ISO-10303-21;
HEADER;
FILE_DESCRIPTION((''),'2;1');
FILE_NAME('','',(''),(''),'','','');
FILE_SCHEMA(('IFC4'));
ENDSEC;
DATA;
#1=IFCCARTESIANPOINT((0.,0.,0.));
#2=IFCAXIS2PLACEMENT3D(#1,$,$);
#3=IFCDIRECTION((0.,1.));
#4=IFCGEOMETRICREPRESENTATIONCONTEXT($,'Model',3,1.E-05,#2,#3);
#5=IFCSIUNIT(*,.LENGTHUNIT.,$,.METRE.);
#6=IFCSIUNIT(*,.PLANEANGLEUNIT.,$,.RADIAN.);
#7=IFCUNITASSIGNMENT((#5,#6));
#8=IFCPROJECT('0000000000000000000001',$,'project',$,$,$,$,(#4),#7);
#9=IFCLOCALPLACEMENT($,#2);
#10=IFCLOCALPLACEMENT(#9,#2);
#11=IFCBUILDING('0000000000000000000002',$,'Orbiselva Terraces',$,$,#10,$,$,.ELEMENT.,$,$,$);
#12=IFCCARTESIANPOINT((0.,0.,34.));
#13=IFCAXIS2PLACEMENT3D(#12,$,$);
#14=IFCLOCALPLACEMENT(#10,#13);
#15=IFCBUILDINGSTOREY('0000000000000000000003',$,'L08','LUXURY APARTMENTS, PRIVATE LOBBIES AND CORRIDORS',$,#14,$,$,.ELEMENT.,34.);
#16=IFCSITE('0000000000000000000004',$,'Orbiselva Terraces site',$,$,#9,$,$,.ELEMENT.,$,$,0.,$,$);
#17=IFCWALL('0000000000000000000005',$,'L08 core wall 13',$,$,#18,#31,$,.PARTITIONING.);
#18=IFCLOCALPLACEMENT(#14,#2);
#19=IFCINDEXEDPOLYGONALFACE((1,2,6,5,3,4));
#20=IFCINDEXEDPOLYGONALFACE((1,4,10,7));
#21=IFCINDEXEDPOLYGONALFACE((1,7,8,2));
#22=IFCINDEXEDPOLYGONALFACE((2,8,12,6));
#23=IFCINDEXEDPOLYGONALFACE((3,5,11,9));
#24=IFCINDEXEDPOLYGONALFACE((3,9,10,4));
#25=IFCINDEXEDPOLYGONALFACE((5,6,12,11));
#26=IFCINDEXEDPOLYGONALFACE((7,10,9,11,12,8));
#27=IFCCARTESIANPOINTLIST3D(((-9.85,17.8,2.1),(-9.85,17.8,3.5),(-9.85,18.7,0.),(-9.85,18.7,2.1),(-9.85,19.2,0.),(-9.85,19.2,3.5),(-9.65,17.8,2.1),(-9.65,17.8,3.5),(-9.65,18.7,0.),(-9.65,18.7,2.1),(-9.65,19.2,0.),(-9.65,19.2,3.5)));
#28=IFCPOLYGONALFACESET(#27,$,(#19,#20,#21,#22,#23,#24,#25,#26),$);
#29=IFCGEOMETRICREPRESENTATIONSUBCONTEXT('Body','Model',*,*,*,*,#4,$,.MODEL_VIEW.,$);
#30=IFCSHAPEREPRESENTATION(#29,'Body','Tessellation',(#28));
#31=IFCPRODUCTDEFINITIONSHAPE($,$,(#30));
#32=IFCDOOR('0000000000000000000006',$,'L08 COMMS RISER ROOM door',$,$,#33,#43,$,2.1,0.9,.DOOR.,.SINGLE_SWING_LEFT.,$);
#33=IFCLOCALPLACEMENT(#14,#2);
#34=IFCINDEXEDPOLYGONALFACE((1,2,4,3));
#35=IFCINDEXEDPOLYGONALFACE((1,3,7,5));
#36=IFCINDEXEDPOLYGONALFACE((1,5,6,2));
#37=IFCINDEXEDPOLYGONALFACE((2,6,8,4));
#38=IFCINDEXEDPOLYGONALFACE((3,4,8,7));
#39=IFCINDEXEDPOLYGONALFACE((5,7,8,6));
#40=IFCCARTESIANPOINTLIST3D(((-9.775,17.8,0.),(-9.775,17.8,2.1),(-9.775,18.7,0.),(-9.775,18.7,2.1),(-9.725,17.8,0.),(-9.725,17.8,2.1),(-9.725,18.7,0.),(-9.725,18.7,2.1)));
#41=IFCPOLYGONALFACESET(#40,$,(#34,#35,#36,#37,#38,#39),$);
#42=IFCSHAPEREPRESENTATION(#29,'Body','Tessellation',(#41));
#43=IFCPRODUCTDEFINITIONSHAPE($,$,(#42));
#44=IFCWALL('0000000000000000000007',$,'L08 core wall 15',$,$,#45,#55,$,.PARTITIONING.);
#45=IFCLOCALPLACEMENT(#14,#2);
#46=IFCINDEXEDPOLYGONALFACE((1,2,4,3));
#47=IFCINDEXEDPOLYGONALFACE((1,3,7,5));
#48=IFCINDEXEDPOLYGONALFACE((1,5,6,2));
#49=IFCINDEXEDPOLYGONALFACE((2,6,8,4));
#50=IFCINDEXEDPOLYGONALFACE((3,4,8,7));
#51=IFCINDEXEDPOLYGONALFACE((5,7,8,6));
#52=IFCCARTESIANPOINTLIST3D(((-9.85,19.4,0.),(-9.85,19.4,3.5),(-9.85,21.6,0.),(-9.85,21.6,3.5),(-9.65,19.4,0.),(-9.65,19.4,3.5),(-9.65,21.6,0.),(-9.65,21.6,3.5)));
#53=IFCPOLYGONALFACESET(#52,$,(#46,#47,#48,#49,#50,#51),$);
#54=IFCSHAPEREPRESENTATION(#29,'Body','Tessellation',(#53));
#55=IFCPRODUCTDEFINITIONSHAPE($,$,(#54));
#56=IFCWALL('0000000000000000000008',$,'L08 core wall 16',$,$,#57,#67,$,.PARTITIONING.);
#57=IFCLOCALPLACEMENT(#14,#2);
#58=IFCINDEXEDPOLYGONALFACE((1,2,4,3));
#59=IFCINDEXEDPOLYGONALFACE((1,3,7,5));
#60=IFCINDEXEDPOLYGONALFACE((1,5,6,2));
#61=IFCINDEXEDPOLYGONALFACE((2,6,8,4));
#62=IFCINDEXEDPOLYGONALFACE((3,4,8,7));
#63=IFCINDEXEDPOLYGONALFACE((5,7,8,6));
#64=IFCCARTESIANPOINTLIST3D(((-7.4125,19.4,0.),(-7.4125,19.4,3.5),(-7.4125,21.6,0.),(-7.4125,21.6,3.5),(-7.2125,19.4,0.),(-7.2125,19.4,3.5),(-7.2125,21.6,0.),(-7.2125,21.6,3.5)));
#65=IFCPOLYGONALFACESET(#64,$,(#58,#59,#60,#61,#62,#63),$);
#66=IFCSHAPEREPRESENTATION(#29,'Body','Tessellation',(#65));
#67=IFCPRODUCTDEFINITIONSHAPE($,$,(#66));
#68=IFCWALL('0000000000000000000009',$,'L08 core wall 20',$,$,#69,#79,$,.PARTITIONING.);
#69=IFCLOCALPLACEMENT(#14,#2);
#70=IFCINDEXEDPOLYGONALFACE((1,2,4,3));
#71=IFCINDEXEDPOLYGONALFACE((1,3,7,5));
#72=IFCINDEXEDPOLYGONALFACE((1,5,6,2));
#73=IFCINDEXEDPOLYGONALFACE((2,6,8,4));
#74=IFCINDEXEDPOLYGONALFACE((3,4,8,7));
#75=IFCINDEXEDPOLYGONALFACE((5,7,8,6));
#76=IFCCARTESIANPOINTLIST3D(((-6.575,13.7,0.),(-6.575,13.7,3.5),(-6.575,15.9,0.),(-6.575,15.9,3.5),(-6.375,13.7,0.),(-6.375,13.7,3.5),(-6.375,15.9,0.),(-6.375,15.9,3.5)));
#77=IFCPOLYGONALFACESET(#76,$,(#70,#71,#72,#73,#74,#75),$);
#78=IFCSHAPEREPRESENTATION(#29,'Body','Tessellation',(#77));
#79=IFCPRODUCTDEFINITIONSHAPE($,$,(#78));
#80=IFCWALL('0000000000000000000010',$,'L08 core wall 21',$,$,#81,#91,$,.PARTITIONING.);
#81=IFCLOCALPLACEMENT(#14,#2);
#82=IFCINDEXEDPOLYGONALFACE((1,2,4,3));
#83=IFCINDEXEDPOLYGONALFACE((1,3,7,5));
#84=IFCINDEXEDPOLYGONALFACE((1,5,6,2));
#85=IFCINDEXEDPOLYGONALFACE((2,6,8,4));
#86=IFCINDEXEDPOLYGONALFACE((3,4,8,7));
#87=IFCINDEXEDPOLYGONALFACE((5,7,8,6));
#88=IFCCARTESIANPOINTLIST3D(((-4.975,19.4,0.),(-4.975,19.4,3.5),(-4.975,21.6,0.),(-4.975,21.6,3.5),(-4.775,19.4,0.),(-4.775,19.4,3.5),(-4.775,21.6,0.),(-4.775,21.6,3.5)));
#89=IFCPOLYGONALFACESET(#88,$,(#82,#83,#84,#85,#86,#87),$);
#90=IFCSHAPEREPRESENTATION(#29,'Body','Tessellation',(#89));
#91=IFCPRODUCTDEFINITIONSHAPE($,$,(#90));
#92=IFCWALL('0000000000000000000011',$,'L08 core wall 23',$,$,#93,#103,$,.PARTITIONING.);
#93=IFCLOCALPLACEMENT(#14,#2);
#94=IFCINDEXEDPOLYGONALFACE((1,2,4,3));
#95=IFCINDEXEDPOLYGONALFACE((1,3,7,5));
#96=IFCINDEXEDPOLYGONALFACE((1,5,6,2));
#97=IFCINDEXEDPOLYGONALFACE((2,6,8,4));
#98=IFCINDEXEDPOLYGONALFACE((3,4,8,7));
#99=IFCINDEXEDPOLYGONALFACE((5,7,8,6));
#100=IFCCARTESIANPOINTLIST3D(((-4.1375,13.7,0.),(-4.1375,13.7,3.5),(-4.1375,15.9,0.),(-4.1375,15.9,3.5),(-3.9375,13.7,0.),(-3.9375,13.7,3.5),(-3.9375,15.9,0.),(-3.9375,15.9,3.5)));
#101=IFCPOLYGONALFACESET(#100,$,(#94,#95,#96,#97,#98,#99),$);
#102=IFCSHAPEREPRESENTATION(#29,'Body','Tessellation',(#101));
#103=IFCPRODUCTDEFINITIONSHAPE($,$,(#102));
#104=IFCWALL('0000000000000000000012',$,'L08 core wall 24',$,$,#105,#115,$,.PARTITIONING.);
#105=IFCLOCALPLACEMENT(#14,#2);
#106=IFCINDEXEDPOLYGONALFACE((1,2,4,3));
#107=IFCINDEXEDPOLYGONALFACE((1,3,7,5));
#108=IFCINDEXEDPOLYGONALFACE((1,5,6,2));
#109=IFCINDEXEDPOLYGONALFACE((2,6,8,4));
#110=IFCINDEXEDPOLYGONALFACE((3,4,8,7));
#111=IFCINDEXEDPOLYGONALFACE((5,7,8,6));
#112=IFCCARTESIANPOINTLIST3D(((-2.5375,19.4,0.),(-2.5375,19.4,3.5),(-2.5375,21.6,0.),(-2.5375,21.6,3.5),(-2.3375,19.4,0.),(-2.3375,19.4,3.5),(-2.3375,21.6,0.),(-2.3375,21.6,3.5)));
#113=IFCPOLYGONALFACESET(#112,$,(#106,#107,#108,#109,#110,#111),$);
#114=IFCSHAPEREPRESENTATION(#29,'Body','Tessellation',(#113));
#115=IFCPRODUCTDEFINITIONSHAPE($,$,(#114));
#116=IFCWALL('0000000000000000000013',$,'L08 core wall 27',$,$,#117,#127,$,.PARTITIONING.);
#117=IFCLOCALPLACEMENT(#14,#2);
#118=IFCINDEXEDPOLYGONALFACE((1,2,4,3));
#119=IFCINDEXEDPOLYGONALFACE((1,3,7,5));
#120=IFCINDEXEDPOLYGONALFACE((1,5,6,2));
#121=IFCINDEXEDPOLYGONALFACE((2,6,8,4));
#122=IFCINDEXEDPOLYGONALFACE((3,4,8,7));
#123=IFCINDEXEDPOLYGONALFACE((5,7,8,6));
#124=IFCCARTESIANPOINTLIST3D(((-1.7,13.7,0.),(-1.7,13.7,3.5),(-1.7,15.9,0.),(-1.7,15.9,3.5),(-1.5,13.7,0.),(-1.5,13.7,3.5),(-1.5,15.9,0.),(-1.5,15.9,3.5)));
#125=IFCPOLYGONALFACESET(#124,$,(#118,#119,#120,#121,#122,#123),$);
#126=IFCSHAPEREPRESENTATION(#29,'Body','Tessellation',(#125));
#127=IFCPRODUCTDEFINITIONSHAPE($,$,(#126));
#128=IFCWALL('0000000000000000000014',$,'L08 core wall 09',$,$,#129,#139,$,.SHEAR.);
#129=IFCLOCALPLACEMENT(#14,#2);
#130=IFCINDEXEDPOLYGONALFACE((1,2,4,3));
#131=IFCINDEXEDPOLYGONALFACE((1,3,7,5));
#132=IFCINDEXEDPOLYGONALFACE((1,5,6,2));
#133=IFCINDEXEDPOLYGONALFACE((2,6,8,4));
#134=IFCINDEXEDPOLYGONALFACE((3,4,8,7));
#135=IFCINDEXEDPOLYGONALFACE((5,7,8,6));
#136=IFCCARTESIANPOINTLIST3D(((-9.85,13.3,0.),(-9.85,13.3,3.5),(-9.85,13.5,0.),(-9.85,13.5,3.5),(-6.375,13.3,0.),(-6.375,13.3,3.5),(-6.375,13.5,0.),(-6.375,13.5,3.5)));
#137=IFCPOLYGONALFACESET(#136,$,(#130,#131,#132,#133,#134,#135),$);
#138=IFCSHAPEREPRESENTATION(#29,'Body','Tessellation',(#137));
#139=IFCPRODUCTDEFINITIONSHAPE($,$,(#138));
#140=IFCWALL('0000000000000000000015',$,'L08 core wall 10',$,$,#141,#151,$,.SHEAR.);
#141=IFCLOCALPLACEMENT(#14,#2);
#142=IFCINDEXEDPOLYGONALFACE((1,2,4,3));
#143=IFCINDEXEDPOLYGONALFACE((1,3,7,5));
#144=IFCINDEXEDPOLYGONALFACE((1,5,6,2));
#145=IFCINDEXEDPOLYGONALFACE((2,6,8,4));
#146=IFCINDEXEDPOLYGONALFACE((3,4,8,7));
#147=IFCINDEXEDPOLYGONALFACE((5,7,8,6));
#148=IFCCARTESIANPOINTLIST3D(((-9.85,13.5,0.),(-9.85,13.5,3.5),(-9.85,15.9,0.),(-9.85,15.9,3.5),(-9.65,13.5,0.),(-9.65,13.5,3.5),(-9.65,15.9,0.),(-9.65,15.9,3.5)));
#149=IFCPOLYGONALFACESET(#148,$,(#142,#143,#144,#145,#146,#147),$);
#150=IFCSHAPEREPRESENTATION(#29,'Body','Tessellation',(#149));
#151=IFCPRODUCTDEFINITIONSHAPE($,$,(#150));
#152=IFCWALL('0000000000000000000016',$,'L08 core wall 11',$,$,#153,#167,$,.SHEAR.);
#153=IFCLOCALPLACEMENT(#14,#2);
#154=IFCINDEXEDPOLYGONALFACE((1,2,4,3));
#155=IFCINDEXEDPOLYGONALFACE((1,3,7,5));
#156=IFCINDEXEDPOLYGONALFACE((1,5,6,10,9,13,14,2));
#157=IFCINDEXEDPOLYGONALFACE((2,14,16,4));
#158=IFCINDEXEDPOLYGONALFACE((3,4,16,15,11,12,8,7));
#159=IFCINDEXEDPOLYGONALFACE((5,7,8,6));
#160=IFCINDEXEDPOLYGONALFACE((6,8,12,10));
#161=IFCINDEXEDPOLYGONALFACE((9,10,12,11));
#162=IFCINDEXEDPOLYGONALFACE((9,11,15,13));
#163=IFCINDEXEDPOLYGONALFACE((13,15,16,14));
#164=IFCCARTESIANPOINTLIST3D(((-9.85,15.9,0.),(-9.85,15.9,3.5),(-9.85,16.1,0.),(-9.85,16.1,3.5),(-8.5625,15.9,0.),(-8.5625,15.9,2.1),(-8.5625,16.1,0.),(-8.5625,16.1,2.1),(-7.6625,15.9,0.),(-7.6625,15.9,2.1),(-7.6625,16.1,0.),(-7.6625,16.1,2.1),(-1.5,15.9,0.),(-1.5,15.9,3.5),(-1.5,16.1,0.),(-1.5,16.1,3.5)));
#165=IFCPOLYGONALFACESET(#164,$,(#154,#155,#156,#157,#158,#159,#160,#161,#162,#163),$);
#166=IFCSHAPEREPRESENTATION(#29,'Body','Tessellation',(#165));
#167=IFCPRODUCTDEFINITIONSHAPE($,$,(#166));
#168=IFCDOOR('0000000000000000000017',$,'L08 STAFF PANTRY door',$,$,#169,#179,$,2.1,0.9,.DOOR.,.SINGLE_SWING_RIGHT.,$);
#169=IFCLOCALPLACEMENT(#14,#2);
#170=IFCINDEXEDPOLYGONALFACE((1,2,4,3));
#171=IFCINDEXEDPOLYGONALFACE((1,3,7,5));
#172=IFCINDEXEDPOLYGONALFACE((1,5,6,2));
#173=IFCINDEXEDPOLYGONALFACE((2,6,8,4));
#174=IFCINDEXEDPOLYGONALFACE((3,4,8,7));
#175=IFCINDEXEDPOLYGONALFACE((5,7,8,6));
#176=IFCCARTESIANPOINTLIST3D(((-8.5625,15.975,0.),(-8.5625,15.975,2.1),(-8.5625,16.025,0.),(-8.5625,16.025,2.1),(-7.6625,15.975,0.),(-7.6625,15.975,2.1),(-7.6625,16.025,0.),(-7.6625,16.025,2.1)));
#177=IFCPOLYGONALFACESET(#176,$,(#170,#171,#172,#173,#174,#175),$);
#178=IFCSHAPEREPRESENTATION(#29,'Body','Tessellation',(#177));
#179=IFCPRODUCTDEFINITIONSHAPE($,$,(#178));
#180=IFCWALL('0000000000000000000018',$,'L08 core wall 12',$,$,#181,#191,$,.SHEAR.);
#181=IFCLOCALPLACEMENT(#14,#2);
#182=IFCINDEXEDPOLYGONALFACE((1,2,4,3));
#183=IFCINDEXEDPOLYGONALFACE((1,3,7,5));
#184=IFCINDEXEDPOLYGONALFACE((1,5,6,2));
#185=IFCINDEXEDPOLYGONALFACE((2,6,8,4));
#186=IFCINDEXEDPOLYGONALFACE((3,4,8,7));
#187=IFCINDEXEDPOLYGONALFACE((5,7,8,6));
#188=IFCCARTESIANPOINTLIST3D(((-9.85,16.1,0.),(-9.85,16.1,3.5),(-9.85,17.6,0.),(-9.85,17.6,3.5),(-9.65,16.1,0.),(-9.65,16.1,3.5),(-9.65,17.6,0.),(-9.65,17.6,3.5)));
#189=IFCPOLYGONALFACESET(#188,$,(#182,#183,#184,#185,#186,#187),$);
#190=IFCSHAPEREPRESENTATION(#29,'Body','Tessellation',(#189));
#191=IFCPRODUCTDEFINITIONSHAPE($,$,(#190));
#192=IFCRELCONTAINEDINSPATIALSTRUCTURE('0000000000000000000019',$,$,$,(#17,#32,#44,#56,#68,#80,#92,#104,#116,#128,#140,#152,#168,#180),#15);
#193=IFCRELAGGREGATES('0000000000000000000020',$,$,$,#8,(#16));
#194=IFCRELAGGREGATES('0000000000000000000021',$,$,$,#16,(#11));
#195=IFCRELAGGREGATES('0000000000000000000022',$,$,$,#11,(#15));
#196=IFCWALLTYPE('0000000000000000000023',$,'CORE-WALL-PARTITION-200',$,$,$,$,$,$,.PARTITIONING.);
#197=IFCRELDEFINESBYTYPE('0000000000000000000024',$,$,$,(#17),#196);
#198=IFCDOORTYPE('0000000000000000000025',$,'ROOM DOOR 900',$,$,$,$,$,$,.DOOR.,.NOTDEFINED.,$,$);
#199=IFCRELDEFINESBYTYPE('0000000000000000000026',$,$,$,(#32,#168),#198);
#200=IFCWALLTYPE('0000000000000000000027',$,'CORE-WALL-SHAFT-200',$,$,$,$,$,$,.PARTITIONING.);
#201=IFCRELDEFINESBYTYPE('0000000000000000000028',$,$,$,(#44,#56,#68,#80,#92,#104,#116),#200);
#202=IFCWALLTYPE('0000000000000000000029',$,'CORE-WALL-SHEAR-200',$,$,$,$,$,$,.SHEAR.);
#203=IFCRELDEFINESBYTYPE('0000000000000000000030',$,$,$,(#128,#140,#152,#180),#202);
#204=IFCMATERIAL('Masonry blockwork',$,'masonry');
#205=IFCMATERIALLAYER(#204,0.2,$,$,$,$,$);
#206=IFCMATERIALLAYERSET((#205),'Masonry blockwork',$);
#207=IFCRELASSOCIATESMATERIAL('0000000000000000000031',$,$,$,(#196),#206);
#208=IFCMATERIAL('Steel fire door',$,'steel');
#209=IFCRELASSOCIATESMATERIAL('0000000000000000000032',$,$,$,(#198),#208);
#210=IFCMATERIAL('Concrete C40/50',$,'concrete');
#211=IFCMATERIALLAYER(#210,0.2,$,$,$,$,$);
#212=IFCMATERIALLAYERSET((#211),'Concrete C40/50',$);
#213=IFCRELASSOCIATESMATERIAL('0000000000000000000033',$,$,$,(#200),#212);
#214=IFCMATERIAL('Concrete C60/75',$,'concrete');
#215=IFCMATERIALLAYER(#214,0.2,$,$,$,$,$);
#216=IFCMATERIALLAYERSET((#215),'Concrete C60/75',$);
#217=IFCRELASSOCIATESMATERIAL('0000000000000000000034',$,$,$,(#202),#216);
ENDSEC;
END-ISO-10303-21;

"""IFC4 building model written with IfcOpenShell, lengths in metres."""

from ifc_helpers import new_model, si_unit, direction, frame, frame_2d, origin, place, context, subcontext, project, spatial, rectangle, extrude, material, layer, layer_set, type_object, element, fill, save


model = new_model("IFC4")

# Units and contexts
model_context = context("Model", 3, precision=1e-05, world=origin(), true_north=direction((0.0, 1.0)))
body_context = subcontext(model_context, "Body", "Model", "MODEL_VIEW")
ifc_project = project(units=[si_unit("LENGTHUNIT", "METRE"), si_unit("PLANEANGLEUNIT", "RADIAN")], contexts=[model_context])

# Site, building, storey
site_placement = place(None, origin())
site = spatial("IfcSite", under=ifc_project, at=site_placement, Name="Orbiselva Terraces site", CompositionType="ELEMENT", RefElevation=0.0)
building_placement = place(site_placement, origin())
building = spatial("IfcBuilding", under=site, at=building_placement, Name="Orbiselva Terraces", CompositionType="ELEMENT")
storey_placement = place(building_placement, frame((0.0, 0.0, 34.0)))
storey = spatial("IfcBuildingStorey", under=building, at=storey_placement, Name="L08", Description="LUXURY APARTMENTS, PRIVATE LOBBIES AND CORRIDORS", CompositionType="ELEMENT", Elevation=34.0)

# Wall, opening, door
ifc_material_1 = material(Name="Masonry blockwork", Category="masonry")
ifc_layer_1 = layer(ifc_material_1, 0.2)
ifc_layer_set_1 = layer_set([ifc_layer_1], Name="Masonry blockwork")
wall_type_1 = type_object("IfcWallType", Name="CORE-WALL-PARTITION-200", PredefinedType="PARTITIONING", material=ifc_layer_set_1)
wall_1_placement = place(storey_placement, frame((-9.75, 17.8, 0.0), z_axis=(0.0, 0.0, 1.0), x_axis=(0.0, 1.0, 0.0)))
wall_1 = element("IfcWall", 1, at=wall_1_placement, inside=storey, type_object=wall_type_1, Name="L08 core wall 13", PredefinedType="PARTITIONING", context=body_context, shape_type="SweptSolid", body=[
    extrude(rectangle(XDim=1.4, YDim=0.2, at=frame_2d((0.7, 0.0))), origin(), (0.0, 0.0, 1.0), 3.5),
])
opening_1_placement = place(wall_1_placement, origin())
opening_1 = element("IfcOpeningElement", 2, at=opening_1_placement, cuts=wall_1, PredefinedType="OPENING", context=body_context, shape_type="SweptSolid", body=[
    extrude(rectangle(XDim=0.9, YDim=2.1, at=frame_2d((0.45, 1.05))), frame((0.0, 0.11, 0.0), z_axis=(0.0, -1.0, 0.0), x_axis=(1.0, 0.0, 0.0)), (0.0, 0.0, 1.0), 0.22),
])
ifc_material_2 = material(Name="Steel fire door", Category="steel")
door_type_1 = type_object("IfcDoorType", Name="ROOM DOOR 900", OperationType="NOTDEFINED", PredefinedType="DOOR", material=ifc_material_2)
door_1_placement = place(opening_1_placement, origin())
door_1 = element("IfcDoor", 3, at=door_1_placement, inside=storey, type_object=door_type_1, Name="L08 COMMS RISER ROOM door", OperationType="SINGLE_SWING_LEFT", OverallHeight=2.1, OverallWidth=0.9, PredefinedType="DOOR", context=body_context, shape_type="SweptSolid", body=[
    extrude(rectangle(XDim=0.9, YDim=2.1, at=frame_2d((0.45, 1.05))), frame((0.0, 0.025, 0.0), z_axis=(0.0, -1.0, 0.0), x_axis=(1.0, 0.0, 0.0)), (0.0, 0.0, 1.0), 0.05),
])
fill(opening_1, door_1)

# Walls
ifc_material_3 = material(Name="Concrete C40/50", Category="concrete")
ifc_layer_2 = layer(ifc_material_3, 0.2)
ifc_layer_set_2 = layer_set([ifc_layer_2], Name="Concrete C40/50")
wall_type_2 = type_object("IfcWallType", Name="CORE-WALL-SHAFT-200", PredefinedType="PARTITIONING", material=ifc_layer_set_2)
for number, where, z_axis, x_axis, name in (
    (4, (-9.75, 19.4, 0.0), (0.0, 0.0, 1.0), (0.0, 1.0, 0.0), "L08 core wall 15"),
    (5, (-7.3125, 19.4, 0.0), (0.0, 0.0, 1.0), (0.0, 1.0, 0.0), "L08 core wall 16"),
    (6, (-6.475, 13.7, 0.0), (0.0, 0.0, 1.0), (0.0, 1.0, 0.0), "L08 core wall 20"),
    (7, (-4.875, 19.4, 0.0), (0.0, 0.0, 1.0), (0.0, 1.0, 0.0), "L08 core wall 21"),
    (8, (-4.0375, 13.7, 0.0), (0.0, 0.0, 1.0), (0.0, 1.0, 0.0), "L08 core wall 23"),
    (9, (-2.4375, 19.4, 0.0), (0.0, 0.0, 1.0), (0.0, 1.0, 0.0), "L08 core wall 24"),
    (10, (-1.6, 13.7, 0.0), (0.0, 0.0, 1.0), (0.0, 1.0, 0.0), "L08 core wall 27"),
):
    element("IfcWall", number, at=place(storey_placement, frame(where, z_axis=z_axis, x_axis=x_axis)), inside=storey, type_object=wall_type_2, Name=name, PredefinedType="PARTITIONING", context=body_context, shape_type="SweptSolid", body=[
        extrude(rectangle(XDim=2.2, YDim=0.2, at=frame_2d((1.1, 0.0))), origin(), (0.0, 0.0, 1.0), 3.5),
    ])
ifc_material_4 = material(Name="Concrete C60/75", Category="concrete")
ifc_layer_3 = layer(ifc_material_4, 0.2)
ifc_layer_set_3 = layer_set([ifc_layer_3], Name="Concrete C60/75")
wall_type_3 = type_object("IfcWallType", Name="CORE-WALL-SHEAR-200", PredefinedType="SHEAR", material=ifc_layer_set_3)
wall_2_placement = place(storey_placement, frame((-9.85, 13.4, 0.0), z_axis=(0.0, 0.0, 1.0), x_axis=(1.0, 0.0, 0.0)))
element("IfcWall", 11, at=wall_2_placement, inside=storey, type_object=wall_type_3, Name="L08 core wall 09", PredefinedType="SHEAR", context=body_context, shape_type="SweptSolid", body=[
    extrude(rectangle(XDim=3.475, YDim=0.2, at=frame_2d((1.7375, 0.0))), origin(), (0.0, 0.0, 1.0), 3.5),
])
wall_3_placement = place(storey_placement, frame((-9.75, 13.5, 0.0), z_axis=(0.0, 0.0, 1.0), x_axis=(0.0, 1.0, 0.0)))
element("IfcWall", 12, at=wall_3_placement, inside=storey, type_object=wall_type_3, Name="L08 core wall 10", PredefinedType="SHEAR", context=body_context, shape_type="SweptSolid", body=[
    extrude(rectangle(XDim=2.4, YDim=0.2, at=frame_2d((1.2, 0.0))), origin(), (0.0, 0.0, 1.0), 3.5),
])

# Wall, opening, door
wall_4_placement = place(storey_placement, frame((-1.5, 16.0, 0.0), z_axis=(0.0, 0.0, 1.0), x_axis=(-1.0, 0.0, 0.0)))
wall_4 = element("IfcWall", 13, at=wall_4_placement, inside=storey, type_object=wall_type_3, Name="L08 core wall 11", PredefinedType="SHEAR", context=body_context, shape_type="SweptSolid", body=[
    extrude(rectangle(XDim=8.35, YDim=0.2, at=frame_2d((4.175, 0.0))), origin(), (0.0, 0.0, 1.0), 3.5),
])
opening_2_placement = place(wall_4_placement, frame((6.1625, 0.0, 0.0)))
opening_2 = element("IfcOpeningElement", 14, at=opening_2_placement, cuts=wall_4, PredefinedType="OPENING", context=body_context, shape_type="SweptSolid", body=[
    extrude(rectangle(XDim=0.9, YDim=2.1, at=frame_2d((0.45, 1.05))), frame((0.0, 0.11, 0.0), z_axis=(0.0, -1.0, 0.0), x_axis=(1.0, 0.0, 0.0)), (0.0, 0.0, 1.0), 0.22),
])
door_2_placement = place(opening_2_placement, origin())
door_2 = element("IfcDoor", 15, at=door_2_placement, inside=storey, type_object=door_type_1, Name="L08 STAFF PANTRY door", OperationType="SINGLE_SWING_RIGHT", OverallHeight=2.1, OverallWidth=0.9, PredefinedType="DOOR", context=body_context, shape_type="SweptSolid", body=[
    extrude(rectangle(XDim=0.9, YDim=2.1, at=frame_2d((0.45, 1.05))), frame((0.0, 0.025, 0.0), z_axis=(0.0, -1.0, 0.0), x_axis=(1.0, 0.0, 0.0)), (0.0, 0.0, 1.0), 0.05),
])
fill(opening_2, door_2)

# Wall
wall_5_placement = place(storey_placement, frame((-9.75, 16.1, 0.0), z_axis=(0.0, 0.0, 1.0), x_axis=(0.0, 1.0, 0.0)))
element("IfcWall", 16, at=wall_5_placement, inside=storey, type_object=wall_type_3, Name="L08 core wall 12", PredefinedType="SHEAR", context=body_context, shape_type="SweptSolid", body=[
    extrude(rectangle(XDim=1.5, YDim=0.2, at=frame_2d((0.75, 0.0))), origin(), (0.0, 0.0, 1.0), 3.5),
])

save(model, "model.ifc")
